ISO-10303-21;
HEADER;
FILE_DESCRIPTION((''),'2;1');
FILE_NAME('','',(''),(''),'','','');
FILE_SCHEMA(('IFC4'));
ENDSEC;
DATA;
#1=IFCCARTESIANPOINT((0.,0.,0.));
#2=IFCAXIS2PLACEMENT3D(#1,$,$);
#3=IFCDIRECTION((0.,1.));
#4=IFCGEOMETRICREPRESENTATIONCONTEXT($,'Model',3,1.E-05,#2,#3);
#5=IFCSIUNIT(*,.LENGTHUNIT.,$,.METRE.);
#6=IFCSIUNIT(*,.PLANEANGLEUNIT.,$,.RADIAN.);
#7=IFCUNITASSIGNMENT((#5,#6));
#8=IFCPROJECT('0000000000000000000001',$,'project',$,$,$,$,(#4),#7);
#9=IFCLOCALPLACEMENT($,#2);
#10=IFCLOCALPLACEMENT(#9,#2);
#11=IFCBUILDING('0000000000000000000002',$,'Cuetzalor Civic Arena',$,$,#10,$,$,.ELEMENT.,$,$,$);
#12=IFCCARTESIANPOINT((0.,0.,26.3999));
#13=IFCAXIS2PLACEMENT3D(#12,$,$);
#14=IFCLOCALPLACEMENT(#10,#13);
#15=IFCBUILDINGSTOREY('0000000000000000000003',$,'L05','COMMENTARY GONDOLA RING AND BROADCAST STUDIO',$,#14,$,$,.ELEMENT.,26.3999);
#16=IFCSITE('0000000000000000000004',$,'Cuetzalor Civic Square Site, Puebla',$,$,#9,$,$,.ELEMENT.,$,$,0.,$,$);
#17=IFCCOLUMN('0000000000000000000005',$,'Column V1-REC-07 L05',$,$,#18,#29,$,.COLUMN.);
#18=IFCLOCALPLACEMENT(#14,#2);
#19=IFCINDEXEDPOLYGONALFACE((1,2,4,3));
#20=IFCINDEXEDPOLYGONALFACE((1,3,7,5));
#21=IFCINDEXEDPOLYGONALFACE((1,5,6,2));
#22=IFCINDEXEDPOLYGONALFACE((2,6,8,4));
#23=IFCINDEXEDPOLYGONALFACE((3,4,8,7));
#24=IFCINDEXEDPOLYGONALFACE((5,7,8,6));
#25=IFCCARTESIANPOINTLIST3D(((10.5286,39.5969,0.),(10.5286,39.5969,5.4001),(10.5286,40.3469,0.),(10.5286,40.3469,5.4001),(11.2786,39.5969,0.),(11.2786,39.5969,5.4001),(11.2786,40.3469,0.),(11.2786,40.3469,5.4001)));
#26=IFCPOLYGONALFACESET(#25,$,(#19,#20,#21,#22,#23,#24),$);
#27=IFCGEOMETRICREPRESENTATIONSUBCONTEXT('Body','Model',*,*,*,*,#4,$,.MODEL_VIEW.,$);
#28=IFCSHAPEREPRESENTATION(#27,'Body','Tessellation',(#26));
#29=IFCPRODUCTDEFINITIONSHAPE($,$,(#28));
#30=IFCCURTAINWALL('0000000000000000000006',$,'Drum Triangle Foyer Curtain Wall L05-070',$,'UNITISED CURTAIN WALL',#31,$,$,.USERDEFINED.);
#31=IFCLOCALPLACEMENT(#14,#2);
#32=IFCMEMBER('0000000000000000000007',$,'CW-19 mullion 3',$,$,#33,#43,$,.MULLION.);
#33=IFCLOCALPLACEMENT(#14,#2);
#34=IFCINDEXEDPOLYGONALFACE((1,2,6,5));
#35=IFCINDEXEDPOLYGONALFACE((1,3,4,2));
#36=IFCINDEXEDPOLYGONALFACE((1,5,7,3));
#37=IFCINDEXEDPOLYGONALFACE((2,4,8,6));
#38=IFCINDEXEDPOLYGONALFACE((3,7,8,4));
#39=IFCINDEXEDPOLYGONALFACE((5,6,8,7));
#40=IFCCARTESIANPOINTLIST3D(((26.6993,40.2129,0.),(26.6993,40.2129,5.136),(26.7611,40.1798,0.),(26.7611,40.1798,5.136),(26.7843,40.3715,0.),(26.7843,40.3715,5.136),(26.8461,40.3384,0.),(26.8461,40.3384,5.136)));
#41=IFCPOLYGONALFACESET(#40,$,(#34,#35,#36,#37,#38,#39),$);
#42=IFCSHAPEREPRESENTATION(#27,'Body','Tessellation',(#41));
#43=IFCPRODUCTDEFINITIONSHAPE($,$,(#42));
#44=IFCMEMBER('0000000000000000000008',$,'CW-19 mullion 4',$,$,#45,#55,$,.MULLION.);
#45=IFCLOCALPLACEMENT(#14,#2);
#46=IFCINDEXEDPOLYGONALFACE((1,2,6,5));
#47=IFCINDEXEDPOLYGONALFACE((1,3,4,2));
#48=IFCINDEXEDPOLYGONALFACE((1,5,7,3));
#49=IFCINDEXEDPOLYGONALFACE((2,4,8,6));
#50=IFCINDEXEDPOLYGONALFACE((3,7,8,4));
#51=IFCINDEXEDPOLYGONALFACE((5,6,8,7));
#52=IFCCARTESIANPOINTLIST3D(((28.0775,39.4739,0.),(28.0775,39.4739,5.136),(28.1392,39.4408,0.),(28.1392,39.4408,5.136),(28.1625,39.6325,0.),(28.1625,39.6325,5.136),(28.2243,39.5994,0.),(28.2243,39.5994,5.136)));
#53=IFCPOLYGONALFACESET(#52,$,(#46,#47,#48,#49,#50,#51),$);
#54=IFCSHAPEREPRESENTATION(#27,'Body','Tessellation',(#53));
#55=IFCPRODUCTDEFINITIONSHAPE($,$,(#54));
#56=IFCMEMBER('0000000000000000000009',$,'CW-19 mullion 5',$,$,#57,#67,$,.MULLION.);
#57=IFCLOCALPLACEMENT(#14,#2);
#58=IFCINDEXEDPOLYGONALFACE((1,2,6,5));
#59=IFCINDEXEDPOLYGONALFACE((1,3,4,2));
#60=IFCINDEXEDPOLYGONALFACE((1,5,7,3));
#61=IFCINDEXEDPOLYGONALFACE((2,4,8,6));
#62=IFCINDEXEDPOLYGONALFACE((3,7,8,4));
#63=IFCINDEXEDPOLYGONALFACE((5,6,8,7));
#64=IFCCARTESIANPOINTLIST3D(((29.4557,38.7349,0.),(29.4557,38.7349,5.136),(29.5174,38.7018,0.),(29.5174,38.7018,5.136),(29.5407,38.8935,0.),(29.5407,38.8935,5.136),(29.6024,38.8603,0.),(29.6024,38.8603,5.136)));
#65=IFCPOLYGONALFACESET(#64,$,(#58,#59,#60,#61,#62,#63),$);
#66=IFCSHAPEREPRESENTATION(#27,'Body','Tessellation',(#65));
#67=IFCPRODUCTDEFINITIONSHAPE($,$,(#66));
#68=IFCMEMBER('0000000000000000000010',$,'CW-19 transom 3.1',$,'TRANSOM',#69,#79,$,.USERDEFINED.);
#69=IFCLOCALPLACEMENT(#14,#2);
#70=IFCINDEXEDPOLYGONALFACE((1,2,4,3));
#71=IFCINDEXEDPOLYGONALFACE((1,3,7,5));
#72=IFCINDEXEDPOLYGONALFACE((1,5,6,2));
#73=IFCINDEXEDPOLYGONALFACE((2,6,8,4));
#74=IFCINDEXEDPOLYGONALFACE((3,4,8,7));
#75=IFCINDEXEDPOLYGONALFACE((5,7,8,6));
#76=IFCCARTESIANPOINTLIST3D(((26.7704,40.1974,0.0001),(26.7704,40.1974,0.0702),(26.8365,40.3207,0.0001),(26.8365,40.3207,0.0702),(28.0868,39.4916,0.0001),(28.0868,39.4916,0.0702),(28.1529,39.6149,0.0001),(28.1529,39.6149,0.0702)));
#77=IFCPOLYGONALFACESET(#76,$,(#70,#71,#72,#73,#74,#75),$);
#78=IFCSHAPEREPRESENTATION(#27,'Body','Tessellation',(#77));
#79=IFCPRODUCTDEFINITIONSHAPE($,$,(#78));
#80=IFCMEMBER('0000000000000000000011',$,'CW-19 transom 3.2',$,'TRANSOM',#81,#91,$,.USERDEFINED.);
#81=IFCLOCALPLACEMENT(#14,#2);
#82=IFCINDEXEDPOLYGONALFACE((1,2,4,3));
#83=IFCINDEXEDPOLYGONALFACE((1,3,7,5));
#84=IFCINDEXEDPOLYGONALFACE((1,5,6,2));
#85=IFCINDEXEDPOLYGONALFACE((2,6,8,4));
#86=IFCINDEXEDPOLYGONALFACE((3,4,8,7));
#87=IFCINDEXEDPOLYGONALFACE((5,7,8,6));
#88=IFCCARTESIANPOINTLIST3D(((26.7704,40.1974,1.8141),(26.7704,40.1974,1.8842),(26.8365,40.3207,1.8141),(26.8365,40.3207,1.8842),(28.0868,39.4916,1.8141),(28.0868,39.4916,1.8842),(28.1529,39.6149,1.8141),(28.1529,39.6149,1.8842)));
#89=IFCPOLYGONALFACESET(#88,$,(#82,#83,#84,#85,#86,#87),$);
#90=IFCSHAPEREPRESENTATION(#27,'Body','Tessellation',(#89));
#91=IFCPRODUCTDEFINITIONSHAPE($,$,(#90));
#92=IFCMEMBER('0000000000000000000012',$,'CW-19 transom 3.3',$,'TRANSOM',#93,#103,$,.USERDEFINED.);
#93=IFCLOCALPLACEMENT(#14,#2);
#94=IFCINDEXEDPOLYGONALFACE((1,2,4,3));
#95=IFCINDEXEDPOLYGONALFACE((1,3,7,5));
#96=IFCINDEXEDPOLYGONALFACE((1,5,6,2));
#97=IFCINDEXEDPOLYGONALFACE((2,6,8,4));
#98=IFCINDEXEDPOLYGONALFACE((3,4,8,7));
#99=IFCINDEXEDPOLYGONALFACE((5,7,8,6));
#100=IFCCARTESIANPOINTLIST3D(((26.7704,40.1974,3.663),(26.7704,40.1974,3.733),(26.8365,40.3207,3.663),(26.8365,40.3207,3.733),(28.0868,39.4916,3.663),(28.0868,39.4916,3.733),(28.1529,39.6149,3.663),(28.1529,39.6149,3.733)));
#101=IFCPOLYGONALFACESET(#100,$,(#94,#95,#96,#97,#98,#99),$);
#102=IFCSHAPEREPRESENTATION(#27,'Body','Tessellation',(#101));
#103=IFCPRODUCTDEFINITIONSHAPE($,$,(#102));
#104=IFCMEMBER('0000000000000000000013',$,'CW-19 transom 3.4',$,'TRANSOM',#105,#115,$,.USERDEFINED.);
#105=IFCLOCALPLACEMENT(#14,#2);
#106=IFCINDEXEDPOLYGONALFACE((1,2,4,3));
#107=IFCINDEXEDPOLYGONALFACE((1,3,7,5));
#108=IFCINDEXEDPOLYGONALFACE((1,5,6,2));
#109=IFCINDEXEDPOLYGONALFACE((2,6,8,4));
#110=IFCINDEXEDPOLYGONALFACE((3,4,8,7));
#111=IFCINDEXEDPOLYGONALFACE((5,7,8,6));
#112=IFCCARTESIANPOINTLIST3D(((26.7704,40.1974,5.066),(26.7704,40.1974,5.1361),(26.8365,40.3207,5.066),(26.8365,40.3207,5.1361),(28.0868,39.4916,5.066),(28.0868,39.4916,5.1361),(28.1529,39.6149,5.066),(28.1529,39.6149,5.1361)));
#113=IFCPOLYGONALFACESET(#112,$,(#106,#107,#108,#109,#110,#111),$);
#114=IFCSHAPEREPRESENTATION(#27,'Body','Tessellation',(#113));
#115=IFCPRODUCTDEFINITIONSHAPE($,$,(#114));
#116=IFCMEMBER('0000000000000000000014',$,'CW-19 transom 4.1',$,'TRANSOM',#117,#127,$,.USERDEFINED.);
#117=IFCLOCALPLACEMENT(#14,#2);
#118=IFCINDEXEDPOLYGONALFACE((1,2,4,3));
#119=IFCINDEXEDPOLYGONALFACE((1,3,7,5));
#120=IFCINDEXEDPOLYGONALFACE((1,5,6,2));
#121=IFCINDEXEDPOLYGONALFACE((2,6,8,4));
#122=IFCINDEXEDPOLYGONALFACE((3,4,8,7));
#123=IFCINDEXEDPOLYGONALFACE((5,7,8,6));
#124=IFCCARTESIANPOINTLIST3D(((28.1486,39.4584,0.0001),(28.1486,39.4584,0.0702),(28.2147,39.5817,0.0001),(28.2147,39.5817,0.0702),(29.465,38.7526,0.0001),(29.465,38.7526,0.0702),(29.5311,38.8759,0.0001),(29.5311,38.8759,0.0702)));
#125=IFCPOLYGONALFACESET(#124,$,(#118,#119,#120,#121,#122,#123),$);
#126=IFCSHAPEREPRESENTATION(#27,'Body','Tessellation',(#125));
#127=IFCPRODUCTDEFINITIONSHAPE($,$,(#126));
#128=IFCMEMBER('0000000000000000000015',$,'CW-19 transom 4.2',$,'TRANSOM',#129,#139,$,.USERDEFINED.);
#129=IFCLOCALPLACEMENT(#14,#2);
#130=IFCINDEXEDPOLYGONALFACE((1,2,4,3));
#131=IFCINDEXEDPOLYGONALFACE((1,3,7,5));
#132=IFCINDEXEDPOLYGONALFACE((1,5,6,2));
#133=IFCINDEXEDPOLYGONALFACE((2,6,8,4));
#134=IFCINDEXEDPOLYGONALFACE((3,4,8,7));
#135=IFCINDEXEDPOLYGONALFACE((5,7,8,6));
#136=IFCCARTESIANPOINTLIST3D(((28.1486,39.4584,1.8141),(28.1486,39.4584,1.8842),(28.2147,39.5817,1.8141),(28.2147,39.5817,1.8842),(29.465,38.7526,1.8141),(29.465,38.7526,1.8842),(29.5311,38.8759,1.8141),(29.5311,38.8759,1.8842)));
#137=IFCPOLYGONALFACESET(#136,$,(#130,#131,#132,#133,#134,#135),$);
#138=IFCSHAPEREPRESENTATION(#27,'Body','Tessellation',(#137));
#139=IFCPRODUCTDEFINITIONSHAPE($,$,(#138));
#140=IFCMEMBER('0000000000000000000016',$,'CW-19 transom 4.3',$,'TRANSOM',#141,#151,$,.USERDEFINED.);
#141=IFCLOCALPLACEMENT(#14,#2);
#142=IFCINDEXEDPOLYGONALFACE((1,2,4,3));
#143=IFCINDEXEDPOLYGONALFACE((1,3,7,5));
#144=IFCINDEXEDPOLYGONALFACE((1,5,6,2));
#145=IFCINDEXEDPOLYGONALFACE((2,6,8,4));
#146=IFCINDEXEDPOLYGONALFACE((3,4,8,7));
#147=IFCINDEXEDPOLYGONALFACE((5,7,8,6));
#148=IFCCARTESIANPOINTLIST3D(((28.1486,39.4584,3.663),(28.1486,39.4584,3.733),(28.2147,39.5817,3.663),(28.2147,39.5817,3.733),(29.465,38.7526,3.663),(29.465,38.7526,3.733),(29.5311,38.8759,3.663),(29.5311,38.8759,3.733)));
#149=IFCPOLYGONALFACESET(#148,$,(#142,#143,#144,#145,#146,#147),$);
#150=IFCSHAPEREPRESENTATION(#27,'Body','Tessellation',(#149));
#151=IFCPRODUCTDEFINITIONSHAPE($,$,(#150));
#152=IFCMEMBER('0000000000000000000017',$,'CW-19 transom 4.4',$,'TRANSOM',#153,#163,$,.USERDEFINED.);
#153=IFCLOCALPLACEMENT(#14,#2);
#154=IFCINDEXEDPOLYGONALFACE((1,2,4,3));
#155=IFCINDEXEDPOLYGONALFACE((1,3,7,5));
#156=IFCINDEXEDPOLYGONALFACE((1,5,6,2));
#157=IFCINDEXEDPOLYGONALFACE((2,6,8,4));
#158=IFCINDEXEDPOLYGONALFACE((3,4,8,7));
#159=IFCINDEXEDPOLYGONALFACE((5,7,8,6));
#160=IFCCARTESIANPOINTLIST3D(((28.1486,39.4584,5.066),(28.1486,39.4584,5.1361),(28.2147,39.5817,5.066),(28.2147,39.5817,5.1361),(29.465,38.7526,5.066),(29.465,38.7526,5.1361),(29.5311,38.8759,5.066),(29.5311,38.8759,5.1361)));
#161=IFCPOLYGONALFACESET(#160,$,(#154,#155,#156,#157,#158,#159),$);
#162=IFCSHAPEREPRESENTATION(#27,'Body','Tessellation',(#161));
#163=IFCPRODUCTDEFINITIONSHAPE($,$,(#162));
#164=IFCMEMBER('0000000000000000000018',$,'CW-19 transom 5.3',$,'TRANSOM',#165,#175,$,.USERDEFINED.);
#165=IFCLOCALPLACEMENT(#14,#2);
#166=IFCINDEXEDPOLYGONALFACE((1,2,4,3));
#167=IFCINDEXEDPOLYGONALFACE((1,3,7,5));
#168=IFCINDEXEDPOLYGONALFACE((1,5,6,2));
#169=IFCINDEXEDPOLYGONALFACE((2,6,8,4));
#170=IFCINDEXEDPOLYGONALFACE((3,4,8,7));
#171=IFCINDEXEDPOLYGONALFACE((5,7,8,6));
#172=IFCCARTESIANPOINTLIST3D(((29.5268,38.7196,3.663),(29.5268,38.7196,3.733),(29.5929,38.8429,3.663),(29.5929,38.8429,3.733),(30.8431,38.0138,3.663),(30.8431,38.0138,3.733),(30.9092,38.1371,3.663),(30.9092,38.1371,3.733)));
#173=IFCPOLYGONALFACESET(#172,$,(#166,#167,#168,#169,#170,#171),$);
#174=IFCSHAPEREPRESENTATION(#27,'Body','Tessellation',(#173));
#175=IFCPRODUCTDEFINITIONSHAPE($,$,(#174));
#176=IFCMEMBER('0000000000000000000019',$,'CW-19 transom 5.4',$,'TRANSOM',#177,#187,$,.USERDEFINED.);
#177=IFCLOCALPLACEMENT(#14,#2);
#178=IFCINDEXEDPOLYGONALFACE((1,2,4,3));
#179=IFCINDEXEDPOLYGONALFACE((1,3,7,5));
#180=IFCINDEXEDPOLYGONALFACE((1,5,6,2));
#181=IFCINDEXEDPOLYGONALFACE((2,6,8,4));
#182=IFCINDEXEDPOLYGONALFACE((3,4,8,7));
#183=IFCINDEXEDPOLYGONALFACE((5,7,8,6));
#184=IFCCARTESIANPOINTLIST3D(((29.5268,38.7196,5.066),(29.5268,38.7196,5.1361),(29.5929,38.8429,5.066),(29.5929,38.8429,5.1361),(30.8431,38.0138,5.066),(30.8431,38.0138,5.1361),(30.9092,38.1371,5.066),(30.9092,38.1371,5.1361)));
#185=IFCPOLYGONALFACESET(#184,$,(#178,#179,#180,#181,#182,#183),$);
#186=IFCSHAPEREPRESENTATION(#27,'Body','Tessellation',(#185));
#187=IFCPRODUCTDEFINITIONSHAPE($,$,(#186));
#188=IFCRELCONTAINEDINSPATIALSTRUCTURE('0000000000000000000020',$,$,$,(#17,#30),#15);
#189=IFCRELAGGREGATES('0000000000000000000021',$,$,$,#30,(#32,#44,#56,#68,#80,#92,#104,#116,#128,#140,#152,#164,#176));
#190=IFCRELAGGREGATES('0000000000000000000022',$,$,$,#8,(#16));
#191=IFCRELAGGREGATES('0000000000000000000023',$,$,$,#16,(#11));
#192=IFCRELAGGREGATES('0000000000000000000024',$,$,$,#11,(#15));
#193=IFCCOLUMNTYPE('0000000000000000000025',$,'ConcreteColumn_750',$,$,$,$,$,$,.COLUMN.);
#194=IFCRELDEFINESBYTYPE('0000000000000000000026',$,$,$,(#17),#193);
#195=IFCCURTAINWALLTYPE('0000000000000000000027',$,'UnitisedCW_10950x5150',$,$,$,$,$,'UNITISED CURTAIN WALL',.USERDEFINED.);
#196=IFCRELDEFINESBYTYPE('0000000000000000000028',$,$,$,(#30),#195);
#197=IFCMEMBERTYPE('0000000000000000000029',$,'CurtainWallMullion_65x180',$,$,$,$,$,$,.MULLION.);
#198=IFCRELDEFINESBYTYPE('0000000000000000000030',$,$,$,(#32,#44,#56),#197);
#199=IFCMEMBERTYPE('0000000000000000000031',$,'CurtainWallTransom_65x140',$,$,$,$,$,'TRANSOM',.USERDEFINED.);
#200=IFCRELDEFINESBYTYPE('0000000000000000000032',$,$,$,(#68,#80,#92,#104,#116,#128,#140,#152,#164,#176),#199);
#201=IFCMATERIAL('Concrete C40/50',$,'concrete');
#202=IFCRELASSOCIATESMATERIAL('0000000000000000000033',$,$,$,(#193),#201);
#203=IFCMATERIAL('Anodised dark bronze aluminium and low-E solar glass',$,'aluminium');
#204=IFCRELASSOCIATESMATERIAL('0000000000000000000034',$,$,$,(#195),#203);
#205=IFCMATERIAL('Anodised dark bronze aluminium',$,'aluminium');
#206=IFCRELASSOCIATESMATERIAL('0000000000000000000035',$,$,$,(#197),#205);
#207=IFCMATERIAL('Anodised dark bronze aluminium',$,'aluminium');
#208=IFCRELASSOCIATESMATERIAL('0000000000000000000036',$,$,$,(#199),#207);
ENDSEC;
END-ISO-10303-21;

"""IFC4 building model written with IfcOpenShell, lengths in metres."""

from ifc_helpers import new_model, si_unit, direction, frame, origin, origin_2d, place, context, subcontext, project, spatial, rectangle, extrude, material, material_profile, profile_set, type_object, element, aggregate, save


model = new_model("IFC4")

# Units and contexts
model_context = context("Model", 3, precision=1e-05, world=origin(), true_north=direction((0.0, 1.0)))
body_context = subcontext(model_context, "Body", "Model", "MODEL_VIEW")
ifc_project = project(units=[si_unit("LENGTHUNIT", "METRE"), si_unit("PLANEANGLEUNIT", "RADIAN")], contexts=[model_context])

# Site, building, storey
site_placement = place(None, origin())
site = spatial("IfcSite", under=ifc_project, at=site_placement, Name="Cuetzalor Civic Square Site, Puebla", CompositionType="ELEMENT", RefElevation=0.0)
building_placement = place(site_placement, origin())
building = spatial("IfcBuilding", under=site, at=building_placement, Name="Cuetzalor Civic Arena", CompositionType="ELEMENT")
storey_placement = place(building_placement, frame((0.0, 0.0, 26.3999)))
storey = spatial("IfcBuildingStorey", under=building, at=storey_placement, Name="L05", Description="COMMENTARY GONDOLA RING AND BROADCAST STUDIO", CompositionType="ELEMENT", Elevation=26.3999)

# Column
ifc_material_1 = material(Name="Concrete C40/50", Category="concrete")
ifc_material_profile_1 = material_profile(ifc_material_1, rectangle(XDim=0.75, YDim=0.75, at=origin_2d()), Name="RC 750x750")
ifc_profile_set_1 = profile_set([ifc_material_profile_1], Name="Concrete C40/50")
column_type = type_object("IfcColumnType", Name="ConcreteColumn_750", PredefinedType="COLUMN", material=ifc_profile_set_1)
column_placement = place(storey_placement, frame((10.9036, 39.9719, 0.0), z_axis=(0.0, 0.0, 1.0), x_axis=(1.0, 0.0, 0.0)))
element("IfcColumn", 1, at=column_placement, inside=storey, type_object=column_type, Name="Column V1-REC-07 L05", PredefinedType="COLUMN", context=body_context, shape_type="SweptSolid", body=[
    extrude(rectangle(XDim=0.75, YDim=0.75, at=origin_2d()), origin(), (0.0, 0.0, 1.0), 5.4001),
])

# Curtain wall, members
ifc_material_2 = material(Name="Anodised dark bronze aluminium and low-E solar glass", Category="aluminium")
curtain_wall_type = type_object("IfcCurtainWallType", Name="UnitisedCW_10950x5150", ElementType="UNITISED CURTAIN WALL", PredefinedType="USERDEFINED", material=ifc_material_2)
curtain_wall_placement = place(storey_placement, origin())
curtain_wall = element("IfcCurtainWall", 2, at=curtain_wall_placement, inside=storey, type_object=curtain_wall_type, Name="Drum Triangle Foyer Curtain Wall L05-070", ObjectType="UNITISED CURTAIN WALL", PredefinedType="USERDEFINED")
ifc_material_3 = material(Name="Anodised dark bronze aluminium", Category="aluminium")
ifc_material_profile_2 = material_profile(ifc_material_3, rectangle(XDim=0.0701, YDim=0.1799, at=origin_2d()), Name="ALU MULLION 70x180")
ifc_profile_set_2 = profile_set([ifc_material_profile_2], Name="Anodised dark bronze aluminium")
member_type_1 = type_object("IfcMemberType", Name="CurtainWallMullion_65x180", PredefinedType="MULLION", material=ifc_profile_set_2)
member_1_placement = place(storey_placement, frame((26.7727, 40.2756, 0.0), z_axis=(0.0, 0.0, 1.0), x_axis=(0.881306, -0.472545, 0.0)))
member_1 = element("IfcMember", 3, at=member_1_placement, type_object=member_type_1, Name="CW-19 mullion 3", PredefinedType="MULLION", context=body_context, shape_type="SweptSolid", body=[
    extrude(rectangle(XDim=0.0701, YDim=0.1799, at=origin_2d()), origin(), (0.0, 0.0, 1.0), 5.136),
])
member_2_placement = place(storey_placement, frame((28.1509, 39.5366, 0.0), z_axis=(0.0, 0.0, 1.0), x_axis=(0.881306, -0.472545, 0.0)))
member_2 = element("IfcMember", 4, at=member_2_placement, type_object=member_type_1, Name="CW-19 mullion 4", PredefinedType="MULLION", context=body_context, shape_type="SweptSolid", body=[
    extrude(rectangle(XDim=0.0701, YDim=0.1799, at=origin_2d()), origin(), (0.0, 0.0, 1.0), 5.136),
])
member_3_placement = place(storey_placement, frame((29.5291, 38.7976, 0.0), z_axis=(0.0, 0.0, 1.0), x_axis=(0.881306, -0.472545, 0.0)))
member_3 = element("IfcMember", 5, at=member_3_placement, type_object=member_type_1, Name="CW-19 mullion 5", PredefinedType="MULLION", context=body_context, shape_type="SweptSolid", body=[
    extrude(rectangle(XDim=0.0701, YDim=0.1799, at=origin_2d()), origin(), (0.0, 0.0, 1.0), 5.136),
])
ifc_material_4 = material(Name="Anodised dark bronze aluminium", Category="aluminium")
ifc_material_profile_3 = material_profile(ifc_material_4, rectangle(XDim=0.1399, YDim=0.0701, at=origin_2d()), Name="ALU TRANSOM 70x140")
ifc_profile_set_3 = profile_set([ifc_material_profile_3], Name="Anodised dark bronze aluminium")
member_type_2 = type_object("IfcMemberType", Name="CurtainWallTransom_65x140", ElementType="TRANSOM", PredefinedType="USERDEFINED", material=ifc_profile_set_3)
member_4_placement = place(storey_placement, frame((26.8035, 40.259, 0.0352), z_axis=(0.881315, -0.47253, 0.0), x_axis=(0.47253, 0.881315, 0.0)))
member_4 = element("IfcMember", 6, at=member_4_placement, type_object=member_type_2, Name="CW-19 transom 3.1", ObjectType="TRANSOM", PredefinedType="USERDEFINED", context=body_context, shape_type="SweptSolid", body=[
    extrude(rectangle(XDim=0.1399, YDim=0.0701, at=origin_2d()), origin(), (0.0, 0.0, 1.0), 1.4937),
])
member_5_placement = place(storey_placement, frame((26.8035, 40.259, 1.8491), z_axis=(0.881315, -0.47253, 0.0), x_axis=(0.47253, 0.881315, 0.0)))
member_5 = element("IfcMember", 7, at=member_5_placement, type_object=member_type_2, Name="CW-19 transom 3.2", ObjectType="TRANSOM", PredefinedType="USERDEFINED", context=body_context, shape_type="SweptSolid", body=[
    extrude(rectangle(XDim=0.1399, YDim=0.0701, at=origin_2d()), origin(), (0.0, 0.0, 1.0), 1.4937),
])
member_6_placement = place(storey_placement, frame((26.8035, 40.259, 3.698), z_axis=(0.881315, -0.47253, 0.0), x_axis=(0.47253, 0.881315, 0.0)))
member_6 = element("IfcMember", 8, at=member_6_placement, type_object=member_type_2, Name="CW-19 transom 3.3", ObjectType="TRANSOM", PredefinedType="USERDEFINED", context=body_context, shape_type="SweptSolid", body=[
    extrude(rectangle(XDim=0.1399, YDim=0.0701, at=origin_2d()), origin(), (0.0, 0.0, 1.0), 1.4937),
])
member_7_placement = place(storey_placement, frame((26.8035, 40.259, 5.1011), z_axis=(0.881315, -0.47253, 0.0), x_axis=(0.47253, 0.881315, 0.0)))
member_7 = element("IfcMember", 9, at=member_7_placement, type_object=member_type_2, Name="CW-19 transom 3.4", ObjectType="TRANSOM", PredefinedType="USERDEFINED", context=body_context, shape_type="SweptSolid", body=[
    extrude(rectangle(XDim=0.1399, YDim=0.0701, at=origin_2d()), origin(), (0.0, 0.0, 1.0), 1.4937),
])
member_8_placement = place(storey_placement, frame((28.1816, 39.52, 0.0352), z_axis=(0.881315, -0.47253, 0.0), x_axis=(0.47253, 0.881315, 0.0)))
member_8 = element("IfcMember", 10, at=member_8_placement, type_object=member_type_2, Name="CW-19 transom 4.1", ObjectType="TRANSOM", PredefinedType="USERDEFINED", context=body_context, shape_type="SweptSolid", body=[
    extrude(rectangle(XDim=0.1399, YDim=0.0701, at=origin_2d()), origin(), (0.0, 0.0, 1.0), 1.4937),
])
member_9_placement = place(storey_placement, frame((28.1816, 39.52, 1.8491), z_axis=(0.881315, -0.47253, 0.0), x_axis=(0.47253, 0.881315, 0.0)))
member_9 = element("IfcMember", 11, at=member_9_placement, type_object=member_type_2, Name="CW-19 transom 4.2", ObjectType="TRANSOM", PredefinedType="USERDEFINED", context=body_context, shape_type="SweptSolid", body=[
    extrude(rectangle(XDim=0.1399, YDim=0.0701, at=origin_2d()), origin(), (0.0, 0.0, 1.0), 1.4937),
])
member_10_placement = place(storey_placement, frame((28.1816, 39.52, 3.698), z_axis=(0.881315, -0.47253, 0.0), x_axis=(0.47253, 0.881315, 0.0)))
member_10 = element("IfcMember", 12, at=member_10_placement, type_object=member_type_2, Name="CW-19 transom 4.3", ObjectType="TRANSOM", PredefinedType="USERDEFINED", context=body_context, shape_type="SweptSolid", body=[
    extrude(rectangle(XDim=0.1399, YDim=0.0701, at=origin_2d()), origin(), (0.0, 0.0, 1.0), 1.4937),
])
member_11_placement = place(storey_placement, frame((28.1816, 39.52, 5.1011), z_axis=(0.881315, -0.47253, 0.0), x_axis=(0.47253, 0.881315, 0.0)))
member_11 = element("IfcMember", 13, at=member_11_placement, type_object=member_type_2, Name="CW-19 transom 4.4", ObjectType="TRANSOM", PredefinedType="USERDEFINED", context=body_context, shape_type="SweptSolid", body=[
    extrude(rectangle(XDim=0.1399, YDim=0.0701, at=origin_2d()), origin(), (0.0, 0.0, 1.0), 1.4937),
])
member_12_placement = place(storey_placement, frame((29.5598, 38.7812, 3.698), z_axis=(0.881315, -0.47253, 0.0), x_axis=(0.47253, 0.881315, 0.0)))
member_12 = element("IfcMember", 14, at=member_12_placement, type_object=member_type_2, Name="CW-19 transom 5.3", ObjectType="TRANSOM", PredefinedType="USERDEFINED", context=body_context, shape_type="SweptSolid", body=[
    extrude(rectangle(XDim=0.1399, YDim=0.0701, at=origin_2d()), origin(), (0.0, 0.0, 1.0), 1.4937),
])
member_13_placement = place(storey_placement, frame((29.5598, 38.7812, 5.1011), z_axis=(0.881315, -0.47253, 0.0), x_axis=(0.47253, 0.881315, 0.0)))
member_13 = element("IfcMember", 15, at=member_13_placement, type_object=member_type_2, Name="CW-19 transom 5.4", ObjectType="TRANSOM", PredefinedType="USERDEFINED", context=body_context, shape_type="SweptSolid", body=[
    extrude(rectangle(XDim=0.1399, YDim=0.0701, at=origin_2d()), origin(), (0.0, 0.0, 1.0), 1.4937),
])
aggregate(curtain_wall, [member_1, member_2, member_3, member_4, member_5, member_6, member_7, member_8, member_9, member_10, member_11, member_12, member_13])

save(model, "model.ifc")
